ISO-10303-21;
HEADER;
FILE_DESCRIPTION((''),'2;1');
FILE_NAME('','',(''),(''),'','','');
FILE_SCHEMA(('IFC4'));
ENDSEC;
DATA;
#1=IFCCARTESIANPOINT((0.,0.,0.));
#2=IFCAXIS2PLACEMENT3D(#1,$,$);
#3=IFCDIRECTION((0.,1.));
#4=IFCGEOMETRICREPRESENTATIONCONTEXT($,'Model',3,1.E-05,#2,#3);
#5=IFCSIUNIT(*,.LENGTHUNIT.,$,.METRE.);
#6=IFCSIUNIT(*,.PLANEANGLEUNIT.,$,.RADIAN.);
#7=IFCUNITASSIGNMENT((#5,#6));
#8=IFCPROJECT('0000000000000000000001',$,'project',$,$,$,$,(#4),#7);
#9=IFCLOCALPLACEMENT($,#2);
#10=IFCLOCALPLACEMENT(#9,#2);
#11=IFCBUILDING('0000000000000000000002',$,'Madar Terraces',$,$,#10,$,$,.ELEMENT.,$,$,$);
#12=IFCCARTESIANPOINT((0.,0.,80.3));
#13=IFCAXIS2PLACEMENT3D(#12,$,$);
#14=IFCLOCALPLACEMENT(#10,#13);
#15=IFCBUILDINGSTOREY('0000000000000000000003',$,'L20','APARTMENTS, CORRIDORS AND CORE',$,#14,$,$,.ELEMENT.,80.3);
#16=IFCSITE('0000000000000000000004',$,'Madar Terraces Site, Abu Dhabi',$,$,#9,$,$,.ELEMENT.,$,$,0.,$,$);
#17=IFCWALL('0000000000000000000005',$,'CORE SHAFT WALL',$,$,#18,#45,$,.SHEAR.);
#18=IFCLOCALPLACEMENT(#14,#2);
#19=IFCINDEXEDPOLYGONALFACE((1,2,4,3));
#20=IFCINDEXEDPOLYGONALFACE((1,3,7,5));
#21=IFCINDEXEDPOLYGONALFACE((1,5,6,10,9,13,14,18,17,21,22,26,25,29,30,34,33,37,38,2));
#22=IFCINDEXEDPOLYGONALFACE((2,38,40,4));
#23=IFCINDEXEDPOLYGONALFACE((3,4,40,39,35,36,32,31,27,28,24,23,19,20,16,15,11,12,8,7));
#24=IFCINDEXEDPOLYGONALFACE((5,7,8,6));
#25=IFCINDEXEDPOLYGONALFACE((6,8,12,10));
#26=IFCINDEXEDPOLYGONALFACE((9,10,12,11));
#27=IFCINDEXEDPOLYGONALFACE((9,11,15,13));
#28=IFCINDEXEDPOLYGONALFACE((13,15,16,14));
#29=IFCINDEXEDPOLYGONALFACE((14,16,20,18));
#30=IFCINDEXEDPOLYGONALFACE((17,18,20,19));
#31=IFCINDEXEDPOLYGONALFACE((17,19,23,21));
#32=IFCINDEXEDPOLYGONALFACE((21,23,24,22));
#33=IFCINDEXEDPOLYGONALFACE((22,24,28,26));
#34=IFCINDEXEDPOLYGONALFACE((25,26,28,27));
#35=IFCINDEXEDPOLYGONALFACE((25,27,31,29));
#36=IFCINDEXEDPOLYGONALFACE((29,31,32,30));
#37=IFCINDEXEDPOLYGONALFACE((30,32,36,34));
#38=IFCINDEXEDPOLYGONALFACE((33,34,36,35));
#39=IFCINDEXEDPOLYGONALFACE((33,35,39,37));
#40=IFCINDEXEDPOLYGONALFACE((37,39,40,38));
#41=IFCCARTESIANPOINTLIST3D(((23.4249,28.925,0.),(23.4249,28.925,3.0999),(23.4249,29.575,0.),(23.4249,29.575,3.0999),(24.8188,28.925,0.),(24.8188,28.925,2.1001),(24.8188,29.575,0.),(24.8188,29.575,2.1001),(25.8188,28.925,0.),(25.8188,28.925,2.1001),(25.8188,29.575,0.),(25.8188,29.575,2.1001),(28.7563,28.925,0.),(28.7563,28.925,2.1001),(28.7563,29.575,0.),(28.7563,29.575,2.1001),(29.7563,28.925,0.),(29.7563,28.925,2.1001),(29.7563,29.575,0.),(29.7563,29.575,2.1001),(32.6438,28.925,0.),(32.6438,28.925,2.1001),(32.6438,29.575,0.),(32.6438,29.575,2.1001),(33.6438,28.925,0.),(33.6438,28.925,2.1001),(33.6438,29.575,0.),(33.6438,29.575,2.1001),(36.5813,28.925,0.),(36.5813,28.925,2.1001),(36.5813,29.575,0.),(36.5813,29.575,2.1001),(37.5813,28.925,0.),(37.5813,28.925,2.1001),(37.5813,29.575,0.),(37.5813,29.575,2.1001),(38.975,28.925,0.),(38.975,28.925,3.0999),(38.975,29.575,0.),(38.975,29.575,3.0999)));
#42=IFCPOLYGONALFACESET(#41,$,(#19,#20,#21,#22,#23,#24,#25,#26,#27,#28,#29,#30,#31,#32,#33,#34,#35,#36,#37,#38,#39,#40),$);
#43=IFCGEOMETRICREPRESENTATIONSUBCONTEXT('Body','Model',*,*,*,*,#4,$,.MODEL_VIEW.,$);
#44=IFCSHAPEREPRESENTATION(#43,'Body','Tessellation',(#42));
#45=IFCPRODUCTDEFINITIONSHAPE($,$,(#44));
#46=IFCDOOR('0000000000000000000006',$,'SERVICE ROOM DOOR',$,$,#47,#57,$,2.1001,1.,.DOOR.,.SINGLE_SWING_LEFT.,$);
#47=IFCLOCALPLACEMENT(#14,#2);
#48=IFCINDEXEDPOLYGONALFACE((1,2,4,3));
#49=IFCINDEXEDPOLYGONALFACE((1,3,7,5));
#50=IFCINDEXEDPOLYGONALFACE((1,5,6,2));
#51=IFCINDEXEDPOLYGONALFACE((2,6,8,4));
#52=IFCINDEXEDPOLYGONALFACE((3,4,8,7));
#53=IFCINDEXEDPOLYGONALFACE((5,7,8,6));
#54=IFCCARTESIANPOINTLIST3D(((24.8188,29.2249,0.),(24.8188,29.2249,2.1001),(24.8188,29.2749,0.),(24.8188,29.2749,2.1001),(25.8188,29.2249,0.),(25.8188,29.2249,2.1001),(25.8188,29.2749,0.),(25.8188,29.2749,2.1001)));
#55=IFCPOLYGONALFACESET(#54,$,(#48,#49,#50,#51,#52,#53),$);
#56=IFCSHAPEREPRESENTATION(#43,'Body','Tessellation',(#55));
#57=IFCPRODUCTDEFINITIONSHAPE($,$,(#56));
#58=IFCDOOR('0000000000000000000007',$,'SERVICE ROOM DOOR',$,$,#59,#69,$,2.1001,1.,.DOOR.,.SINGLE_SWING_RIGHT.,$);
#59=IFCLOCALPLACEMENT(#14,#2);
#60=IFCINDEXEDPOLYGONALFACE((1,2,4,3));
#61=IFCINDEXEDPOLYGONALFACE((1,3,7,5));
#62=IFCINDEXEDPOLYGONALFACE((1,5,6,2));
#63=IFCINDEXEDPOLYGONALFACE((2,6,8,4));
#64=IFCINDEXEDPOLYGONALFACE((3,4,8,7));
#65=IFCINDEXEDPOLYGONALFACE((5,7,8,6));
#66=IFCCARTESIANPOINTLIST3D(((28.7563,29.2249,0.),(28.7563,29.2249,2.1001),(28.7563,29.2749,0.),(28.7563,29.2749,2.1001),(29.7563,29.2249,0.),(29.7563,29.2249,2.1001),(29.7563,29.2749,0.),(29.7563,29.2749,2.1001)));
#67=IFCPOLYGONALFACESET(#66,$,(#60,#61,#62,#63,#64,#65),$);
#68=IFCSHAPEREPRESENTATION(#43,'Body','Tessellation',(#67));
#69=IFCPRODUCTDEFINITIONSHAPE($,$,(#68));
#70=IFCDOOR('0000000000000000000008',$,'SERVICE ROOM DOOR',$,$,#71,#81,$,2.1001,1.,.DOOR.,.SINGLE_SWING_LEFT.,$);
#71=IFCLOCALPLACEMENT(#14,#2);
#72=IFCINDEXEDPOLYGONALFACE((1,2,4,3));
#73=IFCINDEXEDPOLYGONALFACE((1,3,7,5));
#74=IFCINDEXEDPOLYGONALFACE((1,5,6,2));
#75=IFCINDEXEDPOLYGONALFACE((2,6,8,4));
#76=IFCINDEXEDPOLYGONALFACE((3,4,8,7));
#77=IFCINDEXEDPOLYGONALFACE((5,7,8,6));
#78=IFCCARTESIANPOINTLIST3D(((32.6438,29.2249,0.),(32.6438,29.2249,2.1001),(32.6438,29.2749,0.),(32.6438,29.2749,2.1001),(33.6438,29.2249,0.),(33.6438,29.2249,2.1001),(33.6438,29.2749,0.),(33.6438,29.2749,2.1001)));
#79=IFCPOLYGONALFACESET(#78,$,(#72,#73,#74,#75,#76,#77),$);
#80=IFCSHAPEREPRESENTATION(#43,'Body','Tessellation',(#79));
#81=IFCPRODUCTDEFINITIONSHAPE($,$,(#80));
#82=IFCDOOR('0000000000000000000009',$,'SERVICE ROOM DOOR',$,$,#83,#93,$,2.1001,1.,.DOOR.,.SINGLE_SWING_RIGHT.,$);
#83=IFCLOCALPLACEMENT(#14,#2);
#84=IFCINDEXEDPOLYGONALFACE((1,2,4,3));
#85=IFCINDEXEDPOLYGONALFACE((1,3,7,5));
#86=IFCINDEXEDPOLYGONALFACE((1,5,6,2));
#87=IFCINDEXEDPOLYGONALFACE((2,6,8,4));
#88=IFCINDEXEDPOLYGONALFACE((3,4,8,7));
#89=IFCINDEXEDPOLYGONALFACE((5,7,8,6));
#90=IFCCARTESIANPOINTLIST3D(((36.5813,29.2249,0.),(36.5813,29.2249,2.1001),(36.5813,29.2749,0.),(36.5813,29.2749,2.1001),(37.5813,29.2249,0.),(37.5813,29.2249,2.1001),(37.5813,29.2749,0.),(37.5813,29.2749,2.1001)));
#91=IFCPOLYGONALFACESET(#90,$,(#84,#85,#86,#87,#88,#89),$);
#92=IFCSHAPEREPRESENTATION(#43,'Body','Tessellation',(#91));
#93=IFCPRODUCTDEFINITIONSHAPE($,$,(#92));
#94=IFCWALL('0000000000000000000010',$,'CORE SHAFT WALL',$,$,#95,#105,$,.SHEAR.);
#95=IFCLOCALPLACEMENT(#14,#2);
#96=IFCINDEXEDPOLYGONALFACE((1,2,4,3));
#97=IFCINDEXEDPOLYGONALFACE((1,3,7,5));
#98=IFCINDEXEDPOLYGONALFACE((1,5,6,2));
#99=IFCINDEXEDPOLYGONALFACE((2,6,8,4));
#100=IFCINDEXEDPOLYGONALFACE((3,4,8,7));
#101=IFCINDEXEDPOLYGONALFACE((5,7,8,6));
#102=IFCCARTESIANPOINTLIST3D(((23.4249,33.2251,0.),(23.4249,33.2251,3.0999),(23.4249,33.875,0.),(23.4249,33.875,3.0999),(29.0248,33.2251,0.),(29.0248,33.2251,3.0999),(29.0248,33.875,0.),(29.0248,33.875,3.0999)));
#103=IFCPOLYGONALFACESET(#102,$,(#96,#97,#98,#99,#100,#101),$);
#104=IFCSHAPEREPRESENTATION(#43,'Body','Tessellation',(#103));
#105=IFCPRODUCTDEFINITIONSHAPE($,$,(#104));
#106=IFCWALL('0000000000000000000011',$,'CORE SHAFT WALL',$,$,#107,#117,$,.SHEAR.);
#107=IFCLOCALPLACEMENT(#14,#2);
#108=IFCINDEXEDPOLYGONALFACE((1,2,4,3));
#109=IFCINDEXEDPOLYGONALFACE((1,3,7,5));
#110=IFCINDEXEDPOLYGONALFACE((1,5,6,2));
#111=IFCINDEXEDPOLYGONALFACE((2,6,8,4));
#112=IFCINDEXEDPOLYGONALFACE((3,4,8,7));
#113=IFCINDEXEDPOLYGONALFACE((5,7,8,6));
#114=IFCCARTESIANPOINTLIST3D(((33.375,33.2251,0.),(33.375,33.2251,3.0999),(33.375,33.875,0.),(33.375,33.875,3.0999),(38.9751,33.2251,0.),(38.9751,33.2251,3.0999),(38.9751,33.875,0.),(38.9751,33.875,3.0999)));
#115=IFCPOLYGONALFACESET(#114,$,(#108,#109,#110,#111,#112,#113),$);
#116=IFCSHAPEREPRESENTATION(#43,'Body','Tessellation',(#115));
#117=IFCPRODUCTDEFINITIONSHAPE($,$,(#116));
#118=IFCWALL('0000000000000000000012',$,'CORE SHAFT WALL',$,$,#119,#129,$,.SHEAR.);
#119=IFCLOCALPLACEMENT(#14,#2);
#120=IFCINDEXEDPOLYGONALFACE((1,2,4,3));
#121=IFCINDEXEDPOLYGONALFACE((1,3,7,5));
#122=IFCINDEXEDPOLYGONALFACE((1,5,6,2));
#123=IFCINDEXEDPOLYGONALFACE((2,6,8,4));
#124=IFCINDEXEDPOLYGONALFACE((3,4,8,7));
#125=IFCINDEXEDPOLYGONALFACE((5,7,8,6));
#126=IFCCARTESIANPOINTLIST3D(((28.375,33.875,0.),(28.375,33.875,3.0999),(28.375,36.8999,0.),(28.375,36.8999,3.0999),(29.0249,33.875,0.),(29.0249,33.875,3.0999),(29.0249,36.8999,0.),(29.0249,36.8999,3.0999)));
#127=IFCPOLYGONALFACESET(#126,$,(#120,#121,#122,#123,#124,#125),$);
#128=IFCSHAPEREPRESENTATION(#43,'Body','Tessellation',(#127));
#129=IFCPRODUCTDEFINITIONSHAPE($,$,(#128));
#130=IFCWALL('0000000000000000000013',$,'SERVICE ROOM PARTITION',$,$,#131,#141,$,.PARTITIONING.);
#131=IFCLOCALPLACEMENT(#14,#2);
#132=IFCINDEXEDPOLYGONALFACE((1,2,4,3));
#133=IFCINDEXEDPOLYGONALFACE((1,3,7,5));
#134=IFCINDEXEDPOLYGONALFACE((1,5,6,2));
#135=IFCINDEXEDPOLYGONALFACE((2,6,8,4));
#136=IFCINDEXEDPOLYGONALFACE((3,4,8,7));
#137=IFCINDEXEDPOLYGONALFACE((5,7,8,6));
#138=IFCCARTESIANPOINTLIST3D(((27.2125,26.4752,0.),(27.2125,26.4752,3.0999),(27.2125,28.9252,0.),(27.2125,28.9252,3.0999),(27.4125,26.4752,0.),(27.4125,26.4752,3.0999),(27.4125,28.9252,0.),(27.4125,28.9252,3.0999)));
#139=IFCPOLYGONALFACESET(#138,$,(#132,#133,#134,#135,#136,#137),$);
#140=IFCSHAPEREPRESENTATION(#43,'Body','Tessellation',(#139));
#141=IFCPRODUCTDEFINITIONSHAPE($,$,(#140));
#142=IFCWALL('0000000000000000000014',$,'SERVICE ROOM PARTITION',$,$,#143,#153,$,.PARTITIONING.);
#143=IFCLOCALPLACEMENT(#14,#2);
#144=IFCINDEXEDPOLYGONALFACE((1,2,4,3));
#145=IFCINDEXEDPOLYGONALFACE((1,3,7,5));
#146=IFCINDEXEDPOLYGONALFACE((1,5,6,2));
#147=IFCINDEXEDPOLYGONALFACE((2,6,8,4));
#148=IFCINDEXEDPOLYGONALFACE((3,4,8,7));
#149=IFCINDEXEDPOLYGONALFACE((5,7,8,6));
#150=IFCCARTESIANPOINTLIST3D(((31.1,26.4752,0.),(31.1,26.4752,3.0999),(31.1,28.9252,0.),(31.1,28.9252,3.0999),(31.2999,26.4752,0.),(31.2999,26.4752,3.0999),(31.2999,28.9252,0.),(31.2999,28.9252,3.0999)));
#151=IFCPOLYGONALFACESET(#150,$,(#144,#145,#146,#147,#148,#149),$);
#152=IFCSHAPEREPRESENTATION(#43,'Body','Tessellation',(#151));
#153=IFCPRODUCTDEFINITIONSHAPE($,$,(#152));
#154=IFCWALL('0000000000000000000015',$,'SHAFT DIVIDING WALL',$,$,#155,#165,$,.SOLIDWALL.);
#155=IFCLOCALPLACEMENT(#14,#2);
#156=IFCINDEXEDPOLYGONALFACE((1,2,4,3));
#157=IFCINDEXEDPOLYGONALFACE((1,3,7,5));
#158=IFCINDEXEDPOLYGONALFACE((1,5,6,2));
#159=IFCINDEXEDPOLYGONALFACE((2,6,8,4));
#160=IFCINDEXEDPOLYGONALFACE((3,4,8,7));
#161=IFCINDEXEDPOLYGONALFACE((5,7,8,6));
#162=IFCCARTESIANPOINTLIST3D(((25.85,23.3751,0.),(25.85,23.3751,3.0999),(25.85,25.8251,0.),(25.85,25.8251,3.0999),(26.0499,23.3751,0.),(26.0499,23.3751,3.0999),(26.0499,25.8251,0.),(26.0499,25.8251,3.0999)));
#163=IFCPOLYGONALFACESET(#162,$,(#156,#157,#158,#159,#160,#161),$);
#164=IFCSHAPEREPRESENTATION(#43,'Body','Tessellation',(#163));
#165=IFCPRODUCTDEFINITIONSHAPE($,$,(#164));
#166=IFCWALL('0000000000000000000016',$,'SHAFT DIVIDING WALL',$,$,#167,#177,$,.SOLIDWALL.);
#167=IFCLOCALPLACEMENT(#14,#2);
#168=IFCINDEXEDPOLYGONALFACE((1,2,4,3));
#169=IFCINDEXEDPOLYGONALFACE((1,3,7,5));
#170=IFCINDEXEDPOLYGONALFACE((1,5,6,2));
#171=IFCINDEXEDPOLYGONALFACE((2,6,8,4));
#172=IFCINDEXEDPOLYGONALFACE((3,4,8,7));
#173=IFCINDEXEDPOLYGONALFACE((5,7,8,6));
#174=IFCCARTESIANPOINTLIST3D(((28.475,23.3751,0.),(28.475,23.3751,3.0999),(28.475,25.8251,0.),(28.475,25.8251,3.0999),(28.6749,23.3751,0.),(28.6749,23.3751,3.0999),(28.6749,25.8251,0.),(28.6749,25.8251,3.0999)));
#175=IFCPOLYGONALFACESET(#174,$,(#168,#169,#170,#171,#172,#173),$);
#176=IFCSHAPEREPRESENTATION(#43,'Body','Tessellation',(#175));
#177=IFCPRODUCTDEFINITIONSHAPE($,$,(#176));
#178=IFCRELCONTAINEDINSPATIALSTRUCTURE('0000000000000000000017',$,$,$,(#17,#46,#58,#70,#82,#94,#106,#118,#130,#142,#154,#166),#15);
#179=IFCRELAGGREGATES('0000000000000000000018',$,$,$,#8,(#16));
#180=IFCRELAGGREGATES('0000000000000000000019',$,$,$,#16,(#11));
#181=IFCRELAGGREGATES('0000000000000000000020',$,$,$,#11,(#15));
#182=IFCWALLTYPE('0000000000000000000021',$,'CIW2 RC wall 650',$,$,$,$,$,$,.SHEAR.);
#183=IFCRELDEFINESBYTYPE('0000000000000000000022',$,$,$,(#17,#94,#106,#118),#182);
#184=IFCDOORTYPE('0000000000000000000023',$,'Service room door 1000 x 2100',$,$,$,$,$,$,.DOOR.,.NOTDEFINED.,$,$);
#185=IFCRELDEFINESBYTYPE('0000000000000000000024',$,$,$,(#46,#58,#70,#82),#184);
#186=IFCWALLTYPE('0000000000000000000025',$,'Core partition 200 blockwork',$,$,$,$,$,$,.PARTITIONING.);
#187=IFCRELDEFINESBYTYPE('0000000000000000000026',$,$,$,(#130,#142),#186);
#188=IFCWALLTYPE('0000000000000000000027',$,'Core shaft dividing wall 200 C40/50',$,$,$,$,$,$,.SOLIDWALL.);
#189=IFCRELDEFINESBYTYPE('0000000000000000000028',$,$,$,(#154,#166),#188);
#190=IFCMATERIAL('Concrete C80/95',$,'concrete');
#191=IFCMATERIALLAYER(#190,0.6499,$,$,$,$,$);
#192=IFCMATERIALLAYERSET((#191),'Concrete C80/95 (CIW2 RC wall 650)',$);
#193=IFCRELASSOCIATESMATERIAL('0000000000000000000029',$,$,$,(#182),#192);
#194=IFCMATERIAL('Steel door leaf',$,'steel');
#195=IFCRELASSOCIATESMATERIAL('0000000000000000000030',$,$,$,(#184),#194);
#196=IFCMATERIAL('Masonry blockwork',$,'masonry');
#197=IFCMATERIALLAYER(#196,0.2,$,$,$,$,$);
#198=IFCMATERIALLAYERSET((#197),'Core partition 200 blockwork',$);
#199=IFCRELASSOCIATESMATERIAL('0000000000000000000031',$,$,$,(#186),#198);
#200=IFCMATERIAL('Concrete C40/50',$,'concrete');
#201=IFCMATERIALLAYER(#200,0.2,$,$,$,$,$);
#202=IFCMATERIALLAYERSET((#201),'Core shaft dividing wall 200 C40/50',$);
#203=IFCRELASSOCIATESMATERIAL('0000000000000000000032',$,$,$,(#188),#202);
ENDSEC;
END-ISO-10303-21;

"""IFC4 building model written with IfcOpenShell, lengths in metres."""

from ifc_helpers import new_model, si_unit, direction, frame, frame_2d, origin, place, context, subcontext, project, spatial, rectangle, extrude, material, layer, layer_set, type_object, element, fill, save


model = new_model("IFC4")

# Units and contexts
model_context = context("Model", 3, precision=1e-05, world=origin(), true_north=direction((0.0, 1.0)))
body_context = subcontext(model_context, "Body", "Model", "MODEL_VIEW")
ifc_project = project(units=[si_unit("LENGTHUNIT", "METRE"), si_unit("PLANEANGLEUNIT", "RADIAN")], contexts=[model_context])

# Site, building, storey
site_placement = place(None, origin())
site = spatial("IfcSite", under=ifc_project, at=site_placement, Name="Madar Terraces Site, Abu Dhabi", CompositionType="ELEMENT", RefElevation=0.0)
building_placement = place(site_placement, origin())
building = spatial("IfcBuilding", under=site, at=building_placement, Name="Madar Terraces", CompositionType="ELEMENT")
storey_placement = place(building_placement, frame((0.0, 0.0, 80.3)))
storey = spatial("IfcBuildingStorey", under=building, at=storey_placement, Name="L20", Description="APARTMENTS, CORRIDORS AND CORE", CompositionType="ELEMENT", Elevation=80.3)

# Wall, openings, doors
ifc_material_1 = material(Name="Concrete C80/95", Category="concrete")
ifc_layer_1 = layer(ifc_material_1, 0.6499)
ifc_layer_set_1 = layer_set([ifc_layer_1], Name="Concrete C80/95 (CIW2 RC wall 650)")
wall_type_1 = type_object("IfcWallType", Name="CIW2 RC wall 650", PredefinedType="SHEAR", material=ifc_layer_set_1)
wall_1_placement = place(storey_placement, frame((23.425, 29.25, 0.0), z_axis=(0.0, 0.0, 1.0), x_axis=(1.0, 0.0, 0.0)))
wall_1 = element("IfcWall", 1, at=wall_1_placement, inside=storey, type_object=wall_type_1, Name="CORE SHAFT WALL", PredefinedType="SHEAR", context=body_context, shape_type="SweptSolid", body=[
    extrude(rectangle(XDim=15.55, YDim=0.6499, at=frame_2d((7.7749, 0.0))), origin(), (0.0, 0.0, 1.0), 3.0999),
])
opening_1_placement = place(wall_1_placement, frame((1.3938, 0.0, 0.0)))
opening_1 = element("IfcOpeningElement", 2, at=opening_1_placement, cuts=wall_1, PredefinedType="OPENING", context=body_context, shape_type="SweptSolid", body=[
    extrude(rectangle(XDim=1.0, YDim=2.1001, at=frame_2d((0.5, 1.05))), frame((0.0, 0.335, 0.0), z_axis=(0.0, -1.0, 0.0), x_axis=(1.0, 0.0, 0.0)), (0.0, 0.0, 1.0), 0.6699),
])
opening_2_placement = place(wall_1_placement, frame((5.3313, 0.0, 0.0)))
opening_2 = element("IfcOpeningElement", 3, at=opening_2_placement, cuts=wall_1, PredefinedType="OPENING", context=body_context, shape_type="SweptSolid", body=[
    extrude(rectangle(XDim=1.0, YDim=2.1001, at=frame_2d((0.5, 1.05))), frame((0.0, 0.335, 0.0), z_axis=(0.0, -1.0, 0.0), x_axis=(1.0, 0.0, 0.0)), (0.0, 0.0, 1.0), 0.6699),
])
opening_3_placement = place(wall_1_placement, frame((9.2188, 0.0, 0.0)))
opening_3 = element("IfcOpeningElement", 4, at=opening_3_placement, cuts=wall_1, PredefinedType="OPENING", context=body_context, shape_type="SweptSolid", body=[
    extrude(rectangle(XDim=1.0, YDim=2.1001, at=frame_2d((0.5, 1.05))), frame((0.0, 0.335, 0.0), z_axis=(0.0, -1.0, 0.0), x_axis=(1.0, 0.0, 0.0)), (0.0, 0.0, 1.0), 0.6699),
])
opening_4_placement = place(wall_1_placement, frame((13.1562, 0.0, 0.0)))
opening_4 = element("IfcOpeningElement", 5, at=opening_4_placement, cuts=wall_1, PredefinedType="OPENING", context=body_context, shape_type="SweptSolid", body=[
    extrude(rectangle(XDim=1.0, YDim=2.1001, at=frame_2d((0.5, 1.05))), frame((0.0, 0.335, 0.0), z_axis=(0.0, -1.0, 0.0), x_axis=(1.0, 0.0, 0.0)), (0.0, 0.0, 1.0), 0.6699),
])
ifc_material_2 = material(Name="Steel door leaf", Category="steel")
door_type = type_object("IfcDoorType", Name="Service room door 1000 x 2100", OperationType="NOTDEFINED", PredefinedType="DOOR", material=ifc_material_2)
door_1_placement = place(opening_1_placement, origin())
door_1 = element("IfcDoor", 6, at=door_1_placement, inside=storey, type_object=door_type, Name="SERVICE ROOM DOOR", OperationType="SINGLE_SWING_LEFT", OverallHeight=2.1001, OverallWidth=1.0, PredefinedType="DOOR", context=body_context, shape_type="SweptSolid", body=[
    extrude(rectangle(XDim=1.0, YDim=2.1001, at=frame_2d((0.5, 1.05))), frame((0.0, 0.0249, 0.0), z_axis=(0.0, -1.0, 0.0), x_axis=(1.0, 0.0, 0.0)), (0.0, 0.0, 1.0), 0.05),
])
fill(opening_1, door_1)
door_2_placement = place(opening_2_placement, origin())
door_2 = element("IfcDoor", 7, at=door_2_placement, inside=storey, type_object=door_type, Name="SERVICE ROOM DOOR", OperationType="SINGLE_SWING_RIGHT", OverallHeight=2.1001, OverallWidth=1.0, PredefinedType="DOOR", context=body_context, shape_type="SweptSolid", body=[
    extrude(rectangle(XDim=1.0, YDim=2.1001, at=frame_2d((0.5, 1.05))), frame((0.0, 0.0249, 0.0), z_axis=(0.0, -1.0, 0.0), x_axis=(1.0, 0.0, 0.0)), (0.0, 0.0, 1.0), 0.05),
])
fill(opening_2, door_2)
door_3_placement = place(opening_3_placement, origin())
door_3 = element("IfcDoor", 8, at=door_3_placement, inside=storey, type_object=door_type, Name="SERVICE ROOM DOOR", OperationType="SINGLE_SWING_LEFT", OverallHeight=2.1001, OverallWidth=1.0, PredefinedType="DOOR", context=body_context, shape_type="SweptSolid", body=[
    extrude(rectangle(XDim=1.0, YDim=2.1001, at=frame_2d((0.5, 1.05))), frame((0.0, 0.0249, 0.0), z_axis=(0.0, -1.0, 0.0), x_axis=(1.0, 0.0, 0.0)), (0.0, 0.0, 1.0), 0.05),
])
fill(opening_3, door_3)
door_4_placement = place(opening_4_placement, origin())
door_4 = element("IfcDoor", 9, at=door_4_placement, inside=storey, type_object=door_type, Name="SERVICE ROOM DOOR", OperationType="SINGLE_SWING_RIGHT", OverallHeight=2.1001, OverallWidth=1.0, PredefinedType="DOOR", context=body_context, shape_type="SweptSolid", body=[
    extrude(rectangle(XDim=1.0, YDim=2.1001, at=frame_2d((0.5, 1.05))), frame((0.0, 0.0249, 0.0), z_axis=(0.0, -1.0, 0.0), x_axis=(1.0, 0.0, 0.0)), (0.0, 0.0, 1.0), 0.05),
])
fill(opening_4, door_4)

# Walls
wall_2_placement = place(storey_placement, frame((23.425, 33.55, 0.0), z_axis=(0.0, 0.0, 1.0), x_axis=(1.0, 0.0, 0.0)))
element("IfcWall", 10, at=wall_2_placement, inside=storey, type_object=wall_type_1, Name="CORE SHAFT WALL", PredefinedType="SHEAR", context=body_context, shape_type="SweptSolid", body=[
    extrude(rectangle(XDim=5.5999, YDim=0.6499, at=frame_2d((2.7998, 0.0))), origin(), (0.0, 0.0, 1.0), 3.0999),
])
wall_3_placement = place(storey_placement, frame((33.375, 33.55, 0.0), z_axis=(0.0, 0.0, 1.0), x_axis=(1.0, 0.0, 0.0)))
element("IfcWall", 11, at=wall_3_placement, inside=storey, type_object=wall_type_1, Name="CORE SHAFT WALL", PredefinedType="SHEAR", context=body_context, shape_type="SweptSolid", body=[
    extrude(rectangle(XDim=5.6001, YDim=0.6499, at=frame_2d((2.8, 0.0))), origin(), (0.0, 0.0, 1.0), 3.0999),
])
wall_4_placement = place(storey_placement, frame((28.7, 33.875, 0.0), z_axis=(0.0, 0.0, 1.0), x_axis=(0.0, 1.0, 0.0)))
element("IfcWall", 12, at=wall_4_placement, inside=storey, type_object=wall_type_1, Name="CORE SHAFT WALL", PredefinedType="SHEAR", context=body_context, shape_type="SweptSolid", body=[
    extrude(rectangle(XDim=3.0249, YDim=0.6499, at=frame_2d((1.5125, 0.0))), origin(), (0.0, 0.0, 1.0), 3.0999),
])
ifc_material_3 = material(Name="Masonry blockwork", Category="masonry")
ifc_layer_2 = layer(ifc_material_3, 0.2)
ifc_layer_set_2 = layer_set([ifc_layer_2], Name="Core partition 200 blockwork")
wall_type_2 = type_object("IfcWallType", Name="Core partition 200 blockwork", PredefinedType="PARTITIONING", material=ifc_layer_set_2)
for number, where, z_axis, x_axis, name in (
    (13, (27.3125, 26.4751, 0.0), (0.0, 0.0, 1.0), (0.0, 1.0, 0.0), "SERVICE ROOM PARTITION"),
    (14, (31.2, 26.4751, 0.0), (0.0, 0.0, 1.0), (0.0, 1.0, 0.0), "SERVICE ROOM PARTITION"),
):
    element("IfcWall", number, at=place(storey_placement, frame(where, z_axis=z_axis, x_axis=x_axis)), inside=storey, type_object=wall_type_2, Name=name, PredefinedType="PARTITIONING", context=body_context, shape_type="SweptSolid", body=[
        extrude(rectangle(XDim=2.45, YDim=0.2, at=frame_2d((1.2251, 0.0))), origin(), (0.0, 0.0, 1.0), 3.0999),
    ])
ifc_material_4 = material(Name="Concrete C40/50", Category="concrete")
ifc_layer_3 = layer(ifc_material_4, 0.2)
ifc_layer_set_3 = layer_set([ifc_layer_3], Name="Core shaft dividing wall 200 C40/50")
wall_type_3 = type_object("IfcWallType", Name="Core shaft dividing wall 200 C40/50", PredefinedType="SOLIDWALL", material=ifc_layer_set_3)
for number, where, z_axis, x_axis, name in (
    (15, (25.95, 23.375, 0.0), (0.0, 0.0, 1.0), (0.0, 1.0, 0.0), "SHAFT DIVIDING WALL"),
    (16, (28.575, 23.375, 0.0), (0.0, 0.0, 1.0), (0.0, 1.0, 0.0), "SHAFT DIVIDING WALL"),
):
    element("IfcWall", number, at=place(storey_placement, frame(where, z_axis=z_axis, x_axis=x_axis)), inside=storey, type_object=wall_type_3, Name=name, PredefinedType="SOLIDWALL", context=body_context, shape_type="SweptSolid", body=[
        extrude(rectangle(XDim=2.45, YDim=0.2, at=frame_2d((1.2251, 0.0))), origin(), (0.0, 0.0, 1.0), 3.0999),
    ])

save(model, "model.ifc")
